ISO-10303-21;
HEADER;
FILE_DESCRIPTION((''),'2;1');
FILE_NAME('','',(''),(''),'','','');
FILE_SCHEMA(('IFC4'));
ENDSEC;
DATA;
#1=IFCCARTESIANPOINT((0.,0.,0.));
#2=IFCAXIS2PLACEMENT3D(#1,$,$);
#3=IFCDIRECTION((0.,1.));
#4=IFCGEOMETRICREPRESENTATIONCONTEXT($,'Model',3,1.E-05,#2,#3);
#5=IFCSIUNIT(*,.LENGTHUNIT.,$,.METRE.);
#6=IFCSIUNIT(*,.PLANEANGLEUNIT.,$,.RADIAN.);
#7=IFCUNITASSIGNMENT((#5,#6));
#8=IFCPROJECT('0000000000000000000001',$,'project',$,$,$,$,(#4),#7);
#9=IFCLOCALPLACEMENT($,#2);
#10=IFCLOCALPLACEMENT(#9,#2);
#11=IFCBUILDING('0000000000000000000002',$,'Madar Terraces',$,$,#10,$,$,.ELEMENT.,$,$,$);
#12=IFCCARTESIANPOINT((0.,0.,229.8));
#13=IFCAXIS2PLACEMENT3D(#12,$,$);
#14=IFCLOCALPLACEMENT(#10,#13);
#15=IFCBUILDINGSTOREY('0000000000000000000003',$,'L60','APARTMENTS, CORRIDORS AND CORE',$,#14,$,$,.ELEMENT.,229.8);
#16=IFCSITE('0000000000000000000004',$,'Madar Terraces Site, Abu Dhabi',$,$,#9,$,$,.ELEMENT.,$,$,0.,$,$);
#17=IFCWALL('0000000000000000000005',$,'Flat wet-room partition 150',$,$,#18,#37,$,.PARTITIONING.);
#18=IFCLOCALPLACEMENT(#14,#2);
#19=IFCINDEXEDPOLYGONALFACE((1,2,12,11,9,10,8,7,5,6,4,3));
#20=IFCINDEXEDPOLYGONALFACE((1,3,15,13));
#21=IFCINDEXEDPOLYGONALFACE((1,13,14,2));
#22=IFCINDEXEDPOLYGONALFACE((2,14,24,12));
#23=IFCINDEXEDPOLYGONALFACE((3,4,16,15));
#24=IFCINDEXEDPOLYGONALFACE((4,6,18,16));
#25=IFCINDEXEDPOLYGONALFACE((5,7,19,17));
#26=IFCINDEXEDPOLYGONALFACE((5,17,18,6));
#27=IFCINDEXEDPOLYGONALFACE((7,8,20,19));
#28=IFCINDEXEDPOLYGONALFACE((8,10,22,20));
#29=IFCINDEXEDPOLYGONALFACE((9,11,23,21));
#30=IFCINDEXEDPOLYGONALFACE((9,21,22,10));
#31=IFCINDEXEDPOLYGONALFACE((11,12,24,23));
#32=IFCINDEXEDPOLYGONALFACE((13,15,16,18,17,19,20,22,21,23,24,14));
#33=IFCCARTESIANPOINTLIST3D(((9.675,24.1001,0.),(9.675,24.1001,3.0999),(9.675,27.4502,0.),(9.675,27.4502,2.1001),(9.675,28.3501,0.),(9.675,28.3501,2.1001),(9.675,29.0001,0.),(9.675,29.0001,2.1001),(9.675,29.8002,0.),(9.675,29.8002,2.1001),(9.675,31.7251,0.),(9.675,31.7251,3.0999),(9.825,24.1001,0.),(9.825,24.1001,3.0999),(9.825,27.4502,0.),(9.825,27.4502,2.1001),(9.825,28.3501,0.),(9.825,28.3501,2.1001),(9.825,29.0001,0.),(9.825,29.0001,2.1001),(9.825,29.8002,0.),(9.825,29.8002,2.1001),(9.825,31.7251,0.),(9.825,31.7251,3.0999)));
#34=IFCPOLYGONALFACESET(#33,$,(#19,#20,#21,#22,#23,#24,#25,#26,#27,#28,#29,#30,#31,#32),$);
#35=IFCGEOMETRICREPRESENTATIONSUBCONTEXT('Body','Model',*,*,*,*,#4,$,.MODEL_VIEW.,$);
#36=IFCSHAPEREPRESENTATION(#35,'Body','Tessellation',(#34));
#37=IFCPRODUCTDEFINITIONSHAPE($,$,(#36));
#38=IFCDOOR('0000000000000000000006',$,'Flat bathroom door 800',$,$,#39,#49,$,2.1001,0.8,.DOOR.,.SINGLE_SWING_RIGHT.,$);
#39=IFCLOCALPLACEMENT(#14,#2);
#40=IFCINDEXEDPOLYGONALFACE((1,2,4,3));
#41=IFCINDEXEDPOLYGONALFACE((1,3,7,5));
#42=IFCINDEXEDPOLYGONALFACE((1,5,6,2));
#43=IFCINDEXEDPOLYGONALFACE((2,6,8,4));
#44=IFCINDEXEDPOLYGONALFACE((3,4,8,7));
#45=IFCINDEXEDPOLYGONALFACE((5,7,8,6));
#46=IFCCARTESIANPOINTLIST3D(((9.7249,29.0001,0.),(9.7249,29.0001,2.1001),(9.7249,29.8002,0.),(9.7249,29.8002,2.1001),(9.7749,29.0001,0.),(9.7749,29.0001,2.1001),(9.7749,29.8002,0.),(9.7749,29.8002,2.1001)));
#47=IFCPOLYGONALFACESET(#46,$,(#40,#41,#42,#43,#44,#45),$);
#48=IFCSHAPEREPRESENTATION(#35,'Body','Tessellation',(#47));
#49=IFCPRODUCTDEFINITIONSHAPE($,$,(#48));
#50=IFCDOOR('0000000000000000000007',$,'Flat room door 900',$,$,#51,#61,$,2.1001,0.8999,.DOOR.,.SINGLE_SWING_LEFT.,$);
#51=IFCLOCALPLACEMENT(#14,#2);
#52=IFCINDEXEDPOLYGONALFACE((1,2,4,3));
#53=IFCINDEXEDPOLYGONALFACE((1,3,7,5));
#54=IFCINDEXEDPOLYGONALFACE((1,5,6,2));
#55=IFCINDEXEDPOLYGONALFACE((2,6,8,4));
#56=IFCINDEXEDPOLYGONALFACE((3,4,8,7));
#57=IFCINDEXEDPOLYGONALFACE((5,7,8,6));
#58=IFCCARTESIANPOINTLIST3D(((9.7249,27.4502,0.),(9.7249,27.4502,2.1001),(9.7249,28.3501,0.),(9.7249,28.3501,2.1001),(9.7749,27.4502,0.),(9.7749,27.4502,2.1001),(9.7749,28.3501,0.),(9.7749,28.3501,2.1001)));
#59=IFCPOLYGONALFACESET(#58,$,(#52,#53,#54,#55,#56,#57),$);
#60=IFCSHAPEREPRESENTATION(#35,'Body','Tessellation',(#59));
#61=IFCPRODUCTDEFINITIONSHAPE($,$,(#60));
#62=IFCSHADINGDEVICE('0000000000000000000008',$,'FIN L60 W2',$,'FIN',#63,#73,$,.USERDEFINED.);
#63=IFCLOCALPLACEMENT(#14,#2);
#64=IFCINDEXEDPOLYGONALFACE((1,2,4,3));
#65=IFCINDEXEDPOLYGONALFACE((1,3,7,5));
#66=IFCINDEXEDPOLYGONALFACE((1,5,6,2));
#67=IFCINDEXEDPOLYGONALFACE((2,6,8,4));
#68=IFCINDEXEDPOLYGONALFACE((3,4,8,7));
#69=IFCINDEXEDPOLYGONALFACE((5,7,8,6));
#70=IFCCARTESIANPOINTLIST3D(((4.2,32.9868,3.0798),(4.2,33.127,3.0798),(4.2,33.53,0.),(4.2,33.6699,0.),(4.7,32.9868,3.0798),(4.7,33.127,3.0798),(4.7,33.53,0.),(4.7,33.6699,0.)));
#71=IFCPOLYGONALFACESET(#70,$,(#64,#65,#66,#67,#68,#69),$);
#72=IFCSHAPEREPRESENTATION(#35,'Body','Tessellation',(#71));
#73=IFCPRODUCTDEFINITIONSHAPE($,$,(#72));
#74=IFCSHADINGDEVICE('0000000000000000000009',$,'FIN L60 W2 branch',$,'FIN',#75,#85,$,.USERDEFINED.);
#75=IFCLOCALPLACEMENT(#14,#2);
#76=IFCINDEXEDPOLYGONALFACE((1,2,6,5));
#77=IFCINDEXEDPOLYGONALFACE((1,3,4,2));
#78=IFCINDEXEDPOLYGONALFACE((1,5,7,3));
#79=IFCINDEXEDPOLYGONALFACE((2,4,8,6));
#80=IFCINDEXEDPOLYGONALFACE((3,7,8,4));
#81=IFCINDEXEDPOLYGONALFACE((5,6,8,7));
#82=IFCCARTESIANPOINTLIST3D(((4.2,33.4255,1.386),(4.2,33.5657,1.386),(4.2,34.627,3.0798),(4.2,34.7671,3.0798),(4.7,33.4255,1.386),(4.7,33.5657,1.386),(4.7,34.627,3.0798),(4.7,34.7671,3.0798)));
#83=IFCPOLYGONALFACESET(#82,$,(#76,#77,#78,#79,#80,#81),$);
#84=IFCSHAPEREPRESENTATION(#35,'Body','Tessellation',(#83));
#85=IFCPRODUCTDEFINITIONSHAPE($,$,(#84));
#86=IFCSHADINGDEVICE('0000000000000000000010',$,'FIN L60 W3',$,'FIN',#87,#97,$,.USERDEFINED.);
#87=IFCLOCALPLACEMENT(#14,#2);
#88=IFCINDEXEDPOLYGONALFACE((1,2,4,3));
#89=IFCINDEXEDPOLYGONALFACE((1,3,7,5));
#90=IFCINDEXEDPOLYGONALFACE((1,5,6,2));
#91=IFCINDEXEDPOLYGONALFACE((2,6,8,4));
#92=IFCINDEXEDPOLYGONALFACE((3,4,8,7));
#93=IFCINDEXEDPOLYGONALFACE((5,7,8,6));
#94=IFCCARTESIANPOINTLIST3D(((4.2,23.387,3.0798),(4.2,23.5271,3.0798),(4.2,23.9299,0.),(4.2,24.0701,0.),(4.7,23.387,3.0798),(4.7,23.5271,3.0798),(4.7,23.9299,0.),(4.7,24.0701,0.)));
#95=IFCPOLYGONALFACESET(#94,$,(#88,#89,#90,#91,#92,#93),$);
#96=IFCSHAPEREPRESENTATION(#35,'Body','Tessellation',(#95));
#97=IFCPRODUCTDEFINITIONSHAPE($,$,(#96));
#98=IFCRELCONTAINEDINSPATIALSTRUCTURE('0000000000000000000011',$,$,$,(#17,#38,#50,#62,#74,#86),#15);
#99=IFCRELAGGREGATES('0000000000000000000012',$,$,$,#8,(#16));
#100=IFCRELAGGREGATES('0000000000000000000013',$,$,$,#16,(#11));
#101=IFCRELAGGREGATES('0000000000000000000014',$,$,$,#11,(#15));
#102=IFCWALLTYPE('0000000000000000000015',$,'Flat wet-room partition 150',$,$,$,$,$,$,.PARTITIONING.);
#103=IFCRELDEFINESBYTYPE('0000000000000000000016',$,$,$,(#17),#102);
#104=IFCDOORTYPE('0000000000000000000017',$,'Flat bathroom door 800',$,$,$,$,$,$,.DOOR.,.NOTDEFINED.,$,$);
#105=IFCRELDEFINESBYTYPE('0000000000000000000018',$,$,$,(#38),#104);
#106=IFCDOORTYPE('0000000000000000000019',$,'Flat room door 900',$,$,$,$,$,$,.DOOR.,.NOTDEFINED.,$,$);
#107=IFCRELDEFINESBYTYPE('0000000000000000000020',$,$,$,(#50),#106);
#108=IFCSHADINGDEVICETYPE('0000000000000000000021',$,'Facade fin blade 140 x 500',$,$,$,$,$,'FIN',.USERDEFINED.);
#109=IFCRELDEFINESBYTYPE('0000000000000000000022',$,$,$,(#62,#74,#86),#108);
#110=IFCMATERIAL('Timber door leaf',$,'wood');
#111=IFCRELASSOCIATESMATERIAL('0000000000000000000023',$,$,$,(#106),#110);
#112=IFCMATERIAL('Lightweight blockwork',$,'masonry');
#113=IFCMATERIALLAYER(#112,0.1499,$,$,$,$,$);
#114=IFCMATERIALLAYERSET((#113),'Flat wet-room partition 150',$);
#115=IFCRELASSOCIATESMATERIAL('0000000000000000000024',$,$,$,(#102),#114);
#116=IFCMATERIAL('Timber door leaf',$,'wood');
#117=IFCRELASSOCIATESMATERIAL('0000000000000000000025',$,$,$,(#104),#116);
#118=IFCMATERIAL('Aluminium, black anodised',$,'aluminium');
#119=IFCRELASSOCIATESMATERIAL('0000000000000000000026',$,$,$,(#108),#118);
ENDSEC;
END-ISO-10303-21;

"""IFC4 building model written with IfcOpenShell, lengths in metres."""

from ifc_helpers import new_model, si_unit, direction, frame, frame_2d, origin, place, context, subcontext, project, spatial, polyline, rectangle, outline, extrude, material, layer, layer_set, type_object, element, fill, save


model = new_model("IFC4")

# Units and contexts
model_context = context("Model", 3, precision=1e-05, world=origin(), true_north=direction((0.0, 1.0)))
body_context = subcontext(model_context, "Body", "Model", "MODEL_VIEW")
ifc_project = project(units=[si_unit("LENGTHUNIT", "METRE"), si_unit("PLANEANGLEUNIT", "RADIAN")], contexts=[model_context])

# Site, building, storey
site_placement = place(None, origin())
site = spatial("IfcSite", under=ifc_project, at=site_placement, Name="Madar Terraces Site, Abu Dhabi", CompositionType="ELEMENT", RefElevation=0.0)
building_placement = place(site_placement, origin())
building = spatial("IfcBuilding", under=site, at=building_placement, Name="Madar Terraces", CompositionType="ELEMENT")
storey_placement = place(building_placement, frame((0.0, 0.0, 229.8)))
storey = spatial("IfcBuildingStorey", under=building, at=storey_placement, Name="L60", Description="APARTMENTS, CORRIDORS AND CORE", CompositionType="ELEMENT", Elevation=229.8)

# Shared definitions
ifc_material_1 = material(Name="Timber door leaf", Category="wood")
door_type_1 = type_object("IfcDoorType", Name="Flat room door 900", OperationType="NOTDEFINED", PredefinedType="DOOR", material=ifc_material_1)

# Shared definitions
ifc_material_2 = material(Name="Lightweight blockwork", Category="masonry")
ifc_layer_1 = layer(ifc_material_2, 0.1499)
ifc_layer_set_1 = layer_set([ifc_layer_1], Name="Flat wet-room partition 150")
wall_type_1 = type_object("IfcWallType", Name="Flat wet-room partition 150", PredefinedType="PARTITIONING", material=ifc_layer_set_1)

# Wall, openings, doors
ifc_material_3 = material(Name="Timber door leaf", Category="wood")
door_type_2 = type_object("IfcDoorType", Name="Flat bathroom door 800", OperationType="NOTDEFINED", PredefinedType="DOOR", material=ifc_material_3)
wall_1_placement = place(storey_placement, frame((9.75, 31.7251, 0.0), z_axis=(0.0, 0.0, 1.0), x_axis=(0.0, -1.0, 0.0)))
wall_1 = element("IfcWall", 1, at=wall_1_placement, inside=storey, type_object=wall_type_1, Name="Flat wet-room partition 150", PredefinedType="PARTITIONING", context=body_context, shape_type="SweptSolid", body=[
    extrude(rectangle(XDim=7.625, YDim=0.1499, at=frame_2d((3.8125, 0.0))), origin(), (0.0, 0.0, 1.0), 3.0999),
])
opening_1_placement = place(wall_1_placement, frame((1.925, 0.0, 0.0)))
opening_1 = element("IfcOpeningElement", 2, at=opening_1_placement, cuts=wall_1, PredefinedType="OPENING", context=body_context, shape_type="SweptSolid", body=[
    extrude(rectangle(XDim=0.8, YDim=2.1001, at=frame_2d((0.3999, 1.05))), frame((0.0, 0.085, 0.0), z_axis=(0.0, -1.0, 0.0), x_axis=(1.0, 0.0, 0.0)), (0.0, 0.0, 1.0), 0.1699),
])
opening_2_placement = place(wall_1_placement, frame((3.375, 0.0, 0.0)))
opening_2 = element("IfcOpeningElement", 3, at=opening_2_placement, cuts=wall_1, PredefinedType="OPENING", context=body_context, shape_type="SweptSolid", body=[
    extrude(rectangle(XDim=0.8999, YDim=2.1001, at=frame_2d((0.45, 1.05))), frame((0.0, 0.085, 0.0), z_axis=(0.0, -1.0, 0.0), x_axis=(1.0, 0.0, 0.0)), (0.0, 0.0, 1.0), 0.1699),
])
door_1_placement = place(opening_1_placement, origin())
door_1 = element("IfcDoor", 4, at=door_1_placement, inside=storey, type_object=door_type_2, Name="Flat bathroom door 800", OperationType="SINGLE_SWING_RIGHT", OverallHeight=2.1001, OverallWidth=0.8, PredefinedType="DOOR", context=body_context, shape_type="SweptSolid", body=[
    extrude(rectangle(XDim=0.8, YDim=2.1001, at=frame_2d((0.3999, 1.05))), frame((0.0, 0.0249, 0.0), z_axis=(0.0, -1.0, 0.0), x_axis=(1.0, 0.0, 0.0)), (0.0, 0.0, 1.0), 0.05),
])
fill(opening_1, door_1)
door_2_placement = place(opening_2_placement, origin())
door_2 = element("IfcDoor", 5, at=door_2_placement, inside=storey, type_object=door_type_1, Name="Flat room door 900", OperationType="SINGLE_SWING_LEFT", OverallHeight=2.1001, OverallWidth=0.8999, PredefinedType="DOOR", context=body_context, shape_type="SweptSolid", body=[
    extrude(rectangle(XDim=0.8999, YDim=2.1001, at=frame_2d((0.45, 1.05))), frame((0.0, 0.0249, 0.0), z_axis=(0.0, -1.0, 0.0), x_axis=(1.0, 0.0, 0.0)), (0.0, 0.0, 1.0), 0.05),
])
fill(opening_2, door_2)

# Shading devices
ifc_material_4 = material(Name="Aluminium, black anodised", Category="aluminium")
shading_device_type = type_object("IfcShadingDeviceType", Name="Facade fin blade 140 x 500", ElementType="FIN", PredefinedType="USERDEFINED", material=ifc_material_4)
shading_device_1_placement = place(storey_placement, frame((4.45, 33.6699, 0.0), z_axis=(0.0, 0.0, 1.0), x_axis=(0.0, -1.0, 0.0)))
element("IfcShadingDevice", 6, at=shading_device_1_placement, inside=storey, type_object=shading_device_type, Name="FIN L60 W2", ObjectType="FIN", PredefinedType="USERDEFINED", context=body_context, shape_type="SweptSolid", body=[
    extrude(outline(polyline([(0.0, 0.0), (0.1399, 0.0), (0.6831, 3.0798), (0.543, 3.0798), (0.0, 0.0)])), frame((0.0, 0.25, 0.0), z_axis=(0.0, -1.0, 0.0), x_axis=(1.0, 0.0, 0.0)), (0.0, 0.0, 1.0), 0.5),
])
shading_device_2_placement = place(storey_placement, frame((4.45, 33.5657, 1.386), z_axis=(0.0, 0.0, 1.0), x_axis=(0.0, -1.0, 0.0)))
element("IfcShadingDevice", 7, at=shading_device_2_placement, inside=storey, type_object=shading_device_type, Name="FIN L60 W2 branch", ObjectType="FIN", PredefinedType="USERDEFINED", context=body_context, shape_type="SweptSolid", body=[
    extrude(outline(polyline([(0.0, 0.0), (0.1401, 0.0), (-1.0613, 1.6938), (-1.2014, 1.6938), (0.0, 0.0)])), frame((0.0, 0.25, 0.0), z_axis=(0.0, -1.0, 0.0), x_axis=(1.0, 0.0, 0.0)), (0.0, 0.0, 1.0), 0.5),
])
shading_device_3_placement = place(storey_placement, frame((4.45, 24.0701, 0.0), z_axis=(0.0, 0.0, 1.0), x_axis=(0.0, -1.0, 0.0)))
element("IfcShadingDevice", 8, at=shading_device_3_placement, inside=storey, type_object=shading_device_type, Name="FIN L60 W3", ObjectType="FIN", PredefinedType="USERDEFINED", context=body_context, shape_type="SweptSolid", body=[
    extrude(outline(polyline([(0.0, 0.0), (0.1401, 0.0), (0.6831, 3.0798), (0.543, 3.0798), (0.0, 0.0)])), frame((0.0, 0.25, 0.0), z_axis=(0.0, -1.0, 0.0), x_axis=(1.0, 0.0, 0.0)), (0.0, 0.0, 1.0), 0.5),
])

save(model, "model.ifc")
